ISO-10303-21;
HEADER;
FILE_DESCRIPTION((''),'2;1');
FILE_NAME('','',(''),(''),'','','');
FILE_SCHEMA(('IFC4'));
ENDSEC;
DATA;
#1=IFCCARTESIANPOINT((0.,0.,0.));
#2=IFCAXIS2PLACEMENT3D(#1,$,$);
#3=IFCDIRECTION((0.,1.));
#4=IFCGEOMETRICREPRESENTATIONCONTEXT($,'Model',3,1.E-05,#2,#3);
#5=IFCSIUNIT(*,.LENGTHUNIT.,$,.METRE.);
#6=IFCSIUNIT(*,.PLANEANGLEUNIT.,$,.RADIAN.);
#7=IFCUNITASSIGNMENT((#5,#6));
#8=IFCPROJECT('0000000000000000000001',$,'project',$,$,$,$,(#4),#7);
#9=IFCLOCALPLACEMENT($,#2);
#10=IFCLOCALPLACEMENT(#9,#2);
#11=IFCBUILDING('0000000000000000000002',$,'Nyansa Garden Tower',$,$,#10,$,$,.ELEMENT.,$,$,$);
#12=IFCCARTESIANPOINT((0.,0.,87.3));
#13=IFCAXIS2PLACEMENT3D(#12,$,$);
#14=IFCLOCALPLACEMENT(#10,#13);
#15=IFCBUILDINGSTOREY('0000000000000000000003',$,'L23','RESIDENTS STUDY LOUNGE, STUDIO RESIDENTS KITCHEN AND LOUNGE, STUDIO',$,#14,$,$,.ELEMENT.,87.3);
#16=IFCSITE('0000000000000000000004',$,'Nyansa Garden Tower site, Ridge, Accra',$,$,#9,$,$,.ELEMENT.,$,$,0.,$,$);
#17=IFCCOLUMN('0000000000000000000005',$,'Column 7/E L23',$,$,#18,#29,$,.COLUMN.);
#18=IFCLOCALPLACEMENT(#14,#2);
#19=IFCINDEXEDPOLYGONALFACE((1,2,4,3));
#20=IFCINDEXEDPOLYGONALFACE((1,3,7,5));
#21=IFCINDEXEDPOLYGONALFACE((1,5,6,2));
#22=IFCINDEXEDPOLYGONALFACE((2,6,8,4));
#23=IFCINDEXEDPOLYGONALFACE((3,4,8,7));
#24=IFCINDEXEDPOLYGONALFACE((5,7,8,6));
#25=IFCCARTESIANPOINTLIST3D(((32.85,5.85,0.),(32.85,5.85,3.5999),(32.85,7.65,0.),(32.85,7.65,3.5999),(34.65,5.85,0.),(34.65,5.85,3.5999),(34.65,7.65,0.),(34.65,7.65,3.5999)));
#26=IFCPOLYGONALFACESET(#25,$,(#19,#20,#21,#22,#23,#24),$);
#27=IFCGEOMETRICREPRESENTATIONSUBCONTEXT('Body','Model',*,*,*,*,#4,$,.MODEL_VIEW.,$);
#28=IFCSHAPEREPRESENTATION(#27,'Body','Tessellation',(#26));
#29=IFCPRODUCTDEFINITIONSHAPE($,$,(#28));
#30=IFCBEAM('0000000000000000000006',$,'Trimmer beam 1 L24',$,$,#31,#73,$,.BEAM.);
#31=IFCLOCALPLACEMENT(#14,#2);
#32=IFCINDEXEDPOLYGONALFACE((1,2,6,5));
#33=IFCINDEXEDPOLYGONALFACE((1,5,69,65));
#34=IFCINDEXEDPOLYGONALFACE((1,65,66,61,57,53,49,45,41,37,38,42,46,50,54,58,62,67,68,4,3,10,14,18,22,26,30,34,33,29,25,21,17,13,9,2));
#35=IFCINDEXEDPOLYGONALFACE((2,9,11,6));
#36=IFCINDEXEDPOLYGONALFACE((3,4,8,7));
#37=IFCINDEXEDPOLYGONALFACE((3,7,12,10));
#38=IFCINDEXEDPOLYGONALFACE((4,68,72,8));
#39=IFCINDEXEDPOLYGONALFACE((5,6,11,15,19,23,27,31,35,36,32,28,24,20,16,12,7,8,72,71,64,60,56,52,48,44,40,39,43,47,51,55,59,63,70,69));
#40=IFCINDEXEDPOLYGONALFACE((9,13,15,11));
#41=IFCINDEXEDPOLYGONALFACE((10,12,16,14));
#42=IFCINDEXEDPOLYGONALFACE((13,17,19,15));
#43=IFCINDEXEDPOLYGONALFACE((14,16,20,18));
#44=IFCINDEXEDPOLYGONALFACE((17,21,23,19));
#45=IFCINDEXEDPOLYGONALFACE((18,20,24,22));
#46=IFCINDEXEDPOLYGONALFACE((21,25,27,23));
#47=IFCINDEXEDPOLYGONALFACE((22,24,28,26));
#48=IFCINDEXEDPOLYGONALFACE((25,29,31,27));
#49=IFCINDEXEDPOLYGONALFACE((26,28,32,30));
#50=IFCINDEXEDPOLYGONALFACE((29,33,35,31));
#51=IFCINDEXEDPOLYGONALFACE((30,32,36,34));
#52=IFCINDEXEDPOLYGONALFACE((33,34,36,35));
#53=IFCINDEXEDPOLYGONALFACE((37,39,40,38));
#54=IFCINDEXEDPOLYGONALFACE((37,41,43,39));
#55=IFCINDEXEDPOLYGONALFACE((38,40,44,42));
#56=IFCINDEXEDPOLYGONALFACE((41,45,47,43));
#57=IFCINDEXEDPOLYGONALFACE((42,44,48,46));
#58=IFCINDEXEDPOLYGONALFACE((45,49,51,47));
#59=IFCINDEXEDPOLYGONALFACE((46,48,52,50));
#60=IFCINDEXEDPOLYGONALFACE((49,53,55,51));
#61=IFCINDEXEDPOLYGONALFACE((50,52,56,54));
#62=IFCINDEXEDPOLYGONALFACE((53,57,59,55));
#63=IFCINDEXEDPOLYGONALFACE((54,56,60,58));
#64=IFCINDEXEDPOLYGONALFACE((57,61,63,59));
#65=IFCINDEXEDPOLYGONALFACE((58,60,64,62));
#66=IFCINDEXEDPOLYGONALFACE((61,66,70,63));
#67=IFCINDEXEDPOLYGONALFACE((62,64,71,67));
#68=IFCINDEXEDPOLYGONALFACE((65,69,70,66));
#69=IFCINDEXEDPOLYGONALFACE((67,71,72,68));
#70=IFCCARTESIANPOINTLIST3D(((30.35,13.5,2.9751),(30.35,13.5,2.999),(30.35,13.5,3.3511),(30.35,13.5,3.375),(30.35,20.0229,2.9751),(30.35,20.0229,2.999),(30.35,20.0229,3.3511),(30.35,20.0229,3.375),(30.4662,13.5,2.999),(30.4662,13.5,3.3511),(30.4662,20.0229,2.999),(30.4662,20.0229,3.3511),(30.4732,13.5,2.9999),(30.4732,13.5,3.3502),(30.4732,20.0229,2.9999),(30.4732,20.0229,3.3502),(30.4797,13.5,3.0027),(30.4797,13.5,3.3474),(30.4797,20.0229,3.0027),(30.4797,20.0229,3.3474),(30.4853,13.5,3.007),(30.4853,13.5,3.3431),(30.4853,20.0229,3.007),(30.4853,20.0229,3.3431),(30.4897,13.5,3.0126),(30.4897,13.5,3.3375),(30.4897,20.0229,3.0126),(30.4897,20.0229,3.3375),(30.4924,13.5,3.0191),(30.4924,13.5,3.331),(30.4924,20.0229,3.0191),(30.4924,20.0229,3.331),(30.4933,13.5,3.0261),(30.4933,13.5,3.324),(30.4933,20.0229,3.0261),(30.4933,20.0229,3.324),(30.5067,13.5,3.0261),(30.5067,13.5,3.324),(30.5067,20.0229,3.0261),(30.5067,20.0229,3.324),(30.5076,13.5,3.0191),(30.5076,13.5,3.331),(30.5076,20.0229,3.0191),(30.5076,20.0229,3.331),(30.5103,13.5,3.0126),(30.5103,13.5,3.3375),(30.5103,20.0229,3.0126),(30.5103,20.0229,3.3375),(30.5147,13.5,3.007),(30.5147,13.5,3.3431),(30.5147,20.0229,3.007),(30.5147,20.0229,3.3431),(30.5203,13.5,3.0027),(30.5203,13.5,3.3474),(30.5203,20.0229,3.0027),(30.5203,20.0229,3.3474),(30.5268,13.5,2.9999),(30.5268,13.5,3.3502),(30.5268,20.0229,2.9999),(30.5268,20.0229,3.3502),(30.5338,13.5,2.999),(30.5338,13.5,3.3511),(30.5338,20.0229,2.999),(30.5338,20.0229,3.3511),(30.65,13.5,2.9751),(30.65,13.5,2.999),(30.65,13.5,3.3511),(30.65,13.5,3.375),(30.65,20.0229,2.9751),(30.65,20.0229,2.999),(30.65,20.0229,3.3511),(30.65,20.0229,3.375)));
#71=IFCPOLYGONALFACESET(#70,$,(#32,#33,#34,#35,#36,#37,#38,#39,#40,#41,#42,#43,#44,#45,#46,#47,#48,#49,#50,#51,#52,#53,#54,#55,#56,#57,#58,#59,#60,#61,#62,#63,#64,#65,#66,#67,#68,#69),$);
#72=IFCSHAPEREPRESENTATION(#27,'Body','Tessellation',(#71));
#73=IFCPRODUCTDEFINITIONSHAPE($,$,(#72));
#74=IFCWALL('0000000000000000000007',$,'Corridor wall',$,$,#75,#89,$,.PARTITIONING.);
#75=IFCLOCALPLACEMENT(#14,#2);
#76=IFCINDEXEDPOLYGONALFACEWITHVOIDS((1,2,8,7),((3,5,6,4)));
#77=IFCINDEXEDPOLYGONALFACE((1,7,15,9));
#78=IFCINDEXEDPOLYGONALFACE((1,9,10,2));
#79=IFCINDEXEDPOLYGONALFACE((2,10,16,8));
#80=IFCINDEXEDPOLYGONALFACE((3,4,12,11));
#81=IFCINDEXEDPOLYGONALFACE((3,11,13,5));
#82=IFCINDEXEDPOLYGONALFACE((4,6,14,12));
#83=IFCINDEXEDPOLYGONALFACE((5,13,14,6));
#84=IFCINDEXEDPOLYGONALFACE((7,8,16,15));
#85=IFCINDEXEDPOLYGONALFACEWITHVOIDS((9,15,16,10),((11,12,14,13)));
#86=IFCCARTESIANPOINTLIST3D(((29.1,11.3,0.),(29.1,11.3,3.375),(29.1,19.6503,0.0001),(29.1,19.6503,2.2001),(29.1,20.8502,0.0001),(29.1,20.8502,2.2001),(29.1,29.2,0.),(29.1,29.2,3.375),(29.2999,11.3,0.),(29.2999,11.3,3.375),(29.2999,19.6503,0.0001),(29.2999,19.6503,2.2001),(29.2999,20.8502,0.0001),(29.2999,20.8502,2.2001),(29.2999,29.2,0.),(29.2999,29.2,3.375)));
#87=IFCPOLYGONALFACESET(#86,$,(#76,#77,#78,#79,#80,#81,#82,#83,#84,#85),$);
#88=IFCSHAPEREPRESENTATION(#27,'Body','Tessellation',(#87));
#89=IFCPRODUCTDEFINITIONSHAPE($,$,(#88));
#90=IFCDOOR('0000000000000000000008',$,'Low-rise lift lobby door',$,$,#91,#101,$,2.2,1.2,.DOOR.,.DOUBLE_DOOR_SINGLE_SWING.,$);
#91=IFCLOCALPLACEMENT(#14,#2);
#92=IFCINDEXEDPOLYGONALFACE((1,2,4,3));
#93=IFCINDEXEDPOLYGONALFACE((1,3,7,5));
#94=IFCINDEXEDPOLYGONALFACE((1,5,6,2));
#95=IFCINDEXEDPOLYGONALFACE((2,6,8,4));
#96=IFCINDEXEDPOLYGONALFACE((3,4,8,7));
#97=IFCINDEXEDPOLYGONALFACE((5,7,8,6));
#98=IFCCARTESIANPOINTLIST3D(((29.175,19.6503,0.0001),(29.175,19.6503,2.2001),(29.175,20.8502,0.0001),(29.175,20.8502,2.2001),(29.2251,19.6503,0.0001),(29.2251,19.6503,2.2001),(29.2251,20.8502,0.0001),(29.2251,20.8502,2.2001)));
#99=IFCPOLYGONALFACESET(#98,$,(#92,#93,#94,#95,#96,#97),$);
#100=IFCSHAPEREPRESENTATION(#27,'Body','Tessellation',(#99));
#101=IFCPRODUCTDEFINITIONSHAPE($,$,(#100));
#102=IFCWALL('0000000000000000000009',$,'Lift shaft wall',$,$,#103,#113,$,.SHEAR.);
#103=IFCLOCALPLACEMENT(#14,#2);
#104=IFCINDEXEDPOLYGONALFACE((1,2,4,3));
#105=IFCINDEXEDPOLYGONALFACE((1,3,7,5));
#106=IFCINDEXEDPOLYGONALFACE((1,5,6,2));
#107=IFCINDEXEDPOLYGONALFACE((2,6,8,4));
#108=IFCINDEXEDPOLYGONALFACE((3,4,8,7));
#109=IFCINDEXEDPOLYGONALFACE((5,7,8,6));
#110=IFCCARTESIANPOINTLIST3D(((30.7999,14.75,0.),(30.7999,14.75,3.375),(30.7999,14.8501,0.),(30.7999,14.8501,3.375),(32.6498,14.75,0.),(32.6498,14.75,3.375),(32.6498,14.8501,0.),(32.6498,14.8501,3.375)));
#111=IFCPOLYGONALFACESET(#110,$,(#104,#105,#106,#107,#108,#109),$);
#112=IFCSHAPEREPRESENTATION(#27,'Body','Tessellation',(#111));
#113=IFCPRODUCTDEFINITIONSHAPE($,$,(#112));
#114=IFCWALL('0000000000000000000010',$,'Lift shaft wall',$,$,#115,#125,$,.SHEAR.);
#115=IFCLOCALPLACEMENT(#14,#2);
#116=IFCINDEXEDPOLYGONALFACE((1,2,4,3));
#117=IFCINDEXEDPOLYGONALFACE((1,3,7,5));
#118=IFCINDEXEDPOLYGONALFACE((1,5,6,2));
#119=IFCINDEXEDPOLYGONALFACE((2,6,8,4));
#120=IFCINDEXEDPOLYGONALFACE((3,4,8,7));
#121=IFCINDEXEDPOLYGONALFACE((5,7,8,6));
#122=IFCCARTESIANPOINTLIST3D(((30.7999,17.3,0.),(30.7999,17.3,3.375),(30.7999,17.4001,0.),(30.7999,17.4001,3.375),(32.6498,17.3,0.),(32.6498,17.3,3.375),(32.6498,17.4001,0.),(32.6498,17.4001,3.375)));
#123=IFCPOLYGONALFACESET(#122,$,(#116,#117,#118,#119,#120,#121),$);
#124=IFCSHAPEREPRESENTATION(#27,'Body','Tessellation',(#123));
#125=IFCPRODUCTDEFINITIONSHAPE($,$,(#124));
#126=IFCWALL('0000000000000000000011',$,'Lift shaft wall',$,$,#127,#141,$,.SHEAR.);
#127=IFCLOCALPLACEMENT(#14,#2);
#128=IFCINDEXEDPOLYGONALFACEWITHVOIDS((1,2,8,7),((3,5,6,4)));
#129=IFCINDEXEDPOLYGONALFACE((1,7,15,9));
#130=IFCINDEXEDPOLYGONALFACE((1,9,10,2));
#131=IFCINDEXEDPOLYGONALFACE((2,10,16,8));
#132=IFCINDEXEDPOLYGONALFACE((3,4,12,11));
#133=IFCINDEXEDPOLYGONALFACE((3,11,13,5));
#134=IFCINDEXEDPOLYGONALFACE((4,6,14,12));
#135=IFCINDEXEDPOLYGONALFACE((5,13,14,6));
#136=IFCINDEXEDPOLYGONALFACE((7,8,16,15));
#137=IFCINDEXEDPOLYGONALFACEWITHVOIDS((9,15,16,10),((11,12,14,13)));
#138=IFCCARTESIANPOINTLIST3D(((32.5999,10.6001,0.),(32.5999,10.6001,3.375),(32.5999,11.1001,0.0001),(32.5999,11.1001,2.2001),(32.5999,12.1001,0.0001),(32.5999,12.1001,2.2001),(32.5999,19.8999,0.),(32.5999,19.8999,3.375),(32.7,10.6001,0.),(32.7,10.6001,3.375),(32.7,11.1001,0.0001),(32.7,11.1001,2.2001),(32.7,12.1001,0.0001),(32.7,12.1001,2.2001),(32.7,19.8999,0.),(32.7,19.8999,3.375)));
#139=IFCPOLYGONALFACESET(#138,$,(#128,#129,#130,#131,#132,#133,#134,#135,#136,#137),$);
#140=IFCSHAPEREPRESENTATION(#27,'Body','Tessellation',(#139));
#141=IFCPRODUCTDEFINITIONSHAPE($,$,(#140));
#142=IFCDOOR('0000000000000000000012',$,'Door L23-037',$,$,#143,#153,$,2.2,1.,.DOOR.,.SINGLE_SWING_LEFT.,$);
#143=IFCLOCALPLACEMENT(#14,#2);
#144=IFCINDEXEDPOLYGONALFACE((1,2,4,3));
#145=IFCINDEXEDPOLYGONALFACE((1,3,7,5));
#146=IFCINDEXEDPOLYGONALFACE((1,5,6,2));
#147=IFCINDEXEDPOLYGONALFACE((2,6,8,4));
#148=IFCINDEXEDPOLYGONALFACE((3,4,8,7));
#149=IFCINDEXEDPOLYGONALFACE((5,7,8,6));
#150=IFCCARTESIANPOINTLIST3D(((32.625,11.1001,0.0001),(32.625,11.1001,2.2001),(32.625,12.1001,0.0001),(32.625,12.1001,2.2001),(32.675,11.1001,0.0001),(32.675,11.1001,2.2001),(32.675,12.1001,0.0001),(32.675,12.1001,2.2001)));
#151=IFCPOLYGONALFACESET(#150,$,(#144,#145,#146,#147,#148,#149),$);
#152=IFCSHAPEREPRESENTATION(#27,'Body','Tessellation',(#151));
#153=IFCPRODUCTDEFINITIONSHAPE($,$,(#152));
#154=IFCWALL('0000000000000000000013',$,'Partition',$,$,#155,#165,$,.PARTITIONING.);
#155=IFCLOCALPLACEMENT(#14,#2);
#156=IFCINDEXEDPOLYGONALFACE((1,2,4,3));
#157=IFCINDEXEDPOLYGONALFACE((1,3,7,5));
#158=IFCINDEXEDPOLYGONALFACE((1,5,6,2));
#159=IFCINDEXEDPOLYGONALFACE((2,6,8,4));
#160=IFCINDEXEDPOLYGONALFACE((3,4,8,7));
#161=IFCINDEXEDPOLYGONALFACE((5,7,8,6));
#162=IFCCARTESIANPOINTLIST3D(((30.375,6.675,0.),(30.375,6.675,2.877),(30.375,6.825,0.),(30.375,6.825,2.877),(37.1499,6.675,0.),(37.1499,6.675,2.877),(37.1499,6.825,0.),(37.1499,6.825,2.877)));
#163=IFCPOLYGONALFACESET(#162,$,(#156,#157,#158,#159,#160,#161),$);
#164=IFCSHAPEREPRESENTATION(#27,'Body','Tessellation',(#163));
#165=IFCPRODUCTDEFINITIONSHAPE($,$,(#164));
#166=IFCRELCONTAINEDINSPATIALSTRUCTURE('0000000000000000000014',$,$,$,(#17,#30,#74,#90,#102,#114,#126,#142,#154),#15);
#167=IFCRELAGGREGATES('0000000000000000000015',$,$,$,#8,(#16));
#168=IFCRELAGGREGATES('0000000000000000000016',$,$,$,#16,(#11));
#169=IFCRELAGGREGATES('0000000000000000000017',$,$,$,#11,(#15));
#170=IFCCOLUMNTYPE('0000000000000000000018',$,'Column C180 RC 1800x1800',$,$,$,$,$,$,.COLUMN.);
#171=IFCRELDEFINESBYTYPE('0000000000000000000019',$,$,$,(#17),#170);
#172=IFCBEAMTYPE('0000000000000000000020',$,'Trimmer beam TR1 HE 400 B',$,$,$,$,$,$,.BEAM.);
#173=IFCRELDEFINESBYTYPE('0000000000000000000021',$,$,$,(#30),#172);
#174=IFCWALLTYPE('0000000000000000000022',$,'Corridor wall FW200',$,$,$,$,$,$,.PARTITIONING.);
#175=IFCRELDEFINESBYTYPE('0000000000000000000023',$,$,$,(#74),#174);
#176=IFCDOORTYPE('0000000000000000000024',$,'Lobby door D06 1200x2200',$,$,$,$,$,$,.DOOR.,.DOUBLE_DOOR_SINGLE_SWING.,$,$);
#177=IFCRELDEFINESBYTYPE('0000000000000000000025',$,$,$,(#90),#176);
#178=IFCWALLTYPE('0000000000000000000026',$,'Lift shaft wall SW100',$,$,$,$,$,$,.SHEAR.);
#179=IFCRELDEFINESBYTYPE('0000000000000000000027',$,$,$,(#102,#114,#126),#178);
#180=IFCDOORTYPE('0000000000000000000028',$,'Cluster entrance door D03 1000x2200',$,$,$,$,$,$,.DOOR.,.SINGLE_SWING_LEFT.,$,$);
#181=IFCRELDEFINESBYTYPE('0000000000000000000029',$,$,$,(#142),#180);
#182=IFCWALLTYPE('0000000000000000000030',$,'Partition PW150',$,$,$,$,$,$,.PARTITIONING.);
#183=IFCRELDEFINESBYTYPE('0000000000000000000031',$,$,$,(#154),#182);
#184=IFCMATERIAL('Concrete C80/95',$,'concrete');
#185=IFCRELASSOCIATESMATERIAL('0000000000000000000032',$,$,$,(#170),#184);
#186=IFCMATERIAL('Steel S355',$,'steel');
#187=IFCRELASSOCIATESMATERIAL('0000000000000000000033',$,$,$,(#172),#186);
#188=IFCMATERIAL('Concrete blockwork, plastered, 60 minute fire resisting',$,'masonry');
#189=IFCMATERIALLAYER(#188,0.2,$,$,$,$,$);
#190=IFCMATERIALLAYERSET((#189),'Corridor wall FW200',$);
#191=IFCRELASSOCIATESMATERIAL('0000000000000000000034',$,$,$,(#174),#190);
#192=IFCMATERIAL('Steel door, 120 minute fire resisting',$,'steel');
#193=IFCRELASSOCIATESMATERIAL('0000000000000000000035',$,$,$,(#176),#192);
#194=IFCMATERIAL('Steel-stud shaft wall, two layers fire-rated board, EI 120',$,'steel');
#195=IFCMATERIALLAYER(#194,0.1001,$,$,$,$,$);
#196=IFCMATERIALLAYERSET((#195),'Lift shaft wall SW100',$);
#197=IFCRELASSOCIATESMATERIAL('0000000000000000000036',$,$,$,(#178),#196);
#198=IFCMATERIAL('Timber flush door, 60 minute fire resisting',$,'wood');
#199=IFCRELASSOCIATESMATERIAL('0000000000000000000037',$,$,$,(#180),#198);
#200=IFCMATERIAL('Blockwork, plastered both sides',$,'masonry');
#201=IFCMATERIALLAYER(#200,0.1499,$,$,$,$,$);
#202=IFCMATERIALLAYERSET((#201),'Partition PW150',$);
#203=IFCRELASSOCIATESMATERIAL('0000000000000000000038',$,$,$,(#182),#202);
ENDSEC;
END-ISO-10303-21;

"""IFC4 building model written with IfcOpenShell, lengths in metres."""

from ifc_helpers import new_model, si_unit, direction, frame, frame_2d, origin, origin_2d, place, context, subcontext, project, spatial, rectangle, i_section, extrude, material, layer, layer_set, material_profile, profile_set, type_object, element, fill, save


model = new_model("IFC4")

# Units and contexts
model_context = context("Model", 3, precision=1e-05, world=origin(), true_north=direction((0.0, 1.0)))
body_context = subcontext(model_context, "Body", "Model", "MODEL_VIEW")
ifc_project = project(units=[si_unit("LENGTHUNIT", "METRE"), si_unit("PLANEANGLEUNIT", "RADIAN")], contexts=[model_context])

# Site, building, storey
site_placement = place(None, origin())
site = spatial("IfcSite", under=ifc_project, at=site_placement, Name="Nyansa Garden Tower site, Ridge, Accra", CompositionType="ELEMENT", RefElevation=0.0)
building_placement = place(site_placement, origin())
building = spatial("IfcBuilding", under=site, at=building_placement, Name="Nyansa Garden Tower", CompositionType="ELEMENT")
storey_placement = place(building_placement, frame((0.0, 0.0, 87.3)))
storey = spatial("IfcBuildingStorey", under=building, at=storey_placement, Name="L23", Description="RESIDENTS STUDY LOUNGE, STUDIO RESIDENTS KITCHEN AND LOUNGE, STUDIO", CompositionType="ELEMENT", Elevation=87.3)

# Column
ifc_material_1 = material(Name="Concrete C80/95", Category="concrete")
ifc_material_profile_1 = material_profile(ifc_material_1, rectangle(XDim=1.8, YDim=1.8, at=origin_2d()), Name="RC 1800x1800")
ifc_profile_set_1 = profile_set([ifc_material_profile_1], Name="Concrete C80/95")
column_type = type_object("IfcColumnType", Name="Column C180 RC 1800x1800", PredefinedType="COLUMN", material=ifc_profile_set_1)
column_placement = place(storey_placement, frame((33.75, 6.75, 0.0), z_axis=(0.0, 0.0, 1.0), x_axis=(1.0, 0.0, 0.0)))
element("IfcColumn", 1, at=column_placement, inside=storey, type_object=column_type, Name="Column 7/E L23", PredefinedType="COLUMN", context=body_context, shape_type="SweptSolid", body=[
    extrude(rectangle(XDim=1.8, YDim=1.8, at=origin_2d()), origin(), (0.0, 0.0, 1.0), 3.5999),
])

# Beam
ifc_material_2 = material(Name="Steel S355", Category="steel")
ifc_material_profile_2 = material_profile(ifc_material_2, i_section(OverallWidth=0.3, OverallDepth=0.3999, WebThickness=0.0134, FlangeThickness=0.0239, FilletRadius=0.0271, at=origin_2d()), Name="HE 400 B")
ifc_profile_set_2 = profile_set([ifc_material_profile_2], Name="Steel S355")
beam_type = type_object("IfcBeamType", Name="Trimmer beam TR1 HE 400 B", PredefinedType="BEAM", material=ifc_profile_set_2)
beam_placement = place(storey_placement, frame((30.5, 13.5, 3.175), z_axis=(0.0, 1.0, 0.0), x_axis=(-1.0, 0.0, 0.0)))
element("IfcBeam", 2, at=beam_placement, inside=storey, type_object=beam_type, Name="Trimmer beam 1 L24", PredefinedType="BEAM", context=body_context, shape_type="SweptSolid", body=[
    extrude(i_section(OverallWidth=0.3, OverallDepth=0.3999, WebThickness=0.0134, FlangeThickness=0.0239, FilletRadius=0.0271, at=origin_2d()), origin(), (0.0, 0.0, 1.0), 6.5229),
])

# Wall, opening, door
ifc_material_3 = material(Name="Concrete blockwork, plastered, 60 minute fire resisting", Category="masonry")
ifc_layer_1 = layer(ifc_material_3, 0.2)
ifc_layer_set_1 = layer_set([ifc_layer_1], Name="Corridor wall FW200")
wall_type_1 = type_object("IfcWallType", Name="Corridor wall FW200", PredefinedType="PARTITIONING", material=ifc_layer_set_1)
wall_1_placement = place(storey_placement, frame((29.2, 11.3, 0.0), z_axis=(0.0, 0.0, 1.0), x_axis=(0.0, 1.0, 0.0)))
wall_1 = element("IfcWall", 3, at=wall_1_placement, inside=storey, type_object=wall_type_1, Name="Corridor wall", PredefinedType="PARTITIONING", context=body_context, shape_type="SweptSolid", body=[
    extrude(rectangle(XDim=17.8999, YDim=0.2, at=frame_2d((8.95, 0.0))), origin(), (0.0, 0.0, 1.0), 3.375),
])
opening_1_placement = place(wall_1_placement, frame((8.3501, 0.0, 0.0)))
opening_1 = element("IfcOpeningElement", 4, at=opening_1_placement, cuts=wall_1, PredefinedType="OPENING", context=body_context, shape_type="SweptSolid", body=[
    extrude(rectangle(XDim=1.2, YDim=2.2, at=frame_2d((0.6001, 1.1001))), frame((0.0, 0.1099, 0.0), z_axis=(0.0, -1.0, 0.0), x_axis=(1.0, 0.0, 0.0)), (0.0, 0.0, 1.0), 0.22),
])
ifc_material_4 = material(Name="Steel door, 120 minute fire resisting", Category="steel")
door_type_1 = type_object("IfcDoorType", Name="Lobby door D06 1200x2200", OperationType="DOUBLE_DOOR_SINGLE_SWING", PredefinedType="DOOR", material=ifc_material_4)
door_1_placement = place(opening_1_placement, origin())
door_1 = element("IfcDoor", 5, at=door_1_placement, inside=storey, type_object=door_type_1, Name="Low-rise lift lobby door", OperationType="DOUBLE_DOOR_SINGLE_SWING", OverallHeight=2.2, OverallWidth=1.2, PredefinedType="DOOR", context=body_context, shape_type="SweptSolid", body=[
    extrude(rectangle(XDim=1.2, YDim=2.2, at=frame_2d((0.6001, 1.1001))), frame((0.0, 0.0249, 0.0), z_axis=(0.0, -1.0, 0.0), x_axis=(1.0, 0.0, 0.0)), (0.0, 0.0, 1.0), 0.05),
])
fill(opening_1, door_1)

# Walls
ifc_material_5 = material(Name="Steel-stud shaft wall, two layers fire-rated board, EI 120", Category="steel")
ifc_layer_2 = layer(ifc_material_5, 0.1001)
ifc_layer_set_2 = layer_set([ifc_layer_2], Name="Lift shaft wall SW100")
wall_type_2 = type_object("IfcWallType", Name="Lift shaft wall SW100", PredefinedType="SHEAR", material=ifc_layer_set_2)
for number, where, z_axis, x_axis, name in (
    (6, (30.8, 14.8, 0.0), (0.0, 0.0, 1.0), (1.0, 0.0, 0.0), "Lift shaft wall"),
    (7, (30.8, 17.3501, 0.0), (0.0, 0.0, 1.0), (1.0, 0.0, 0.0), "Lift shaft wall"),
):
    element("IfcWall", number, at=place(storey_placement, frame(where, z_axis=z_axis, x_axis=x_axis)), inside=storey, type_object=wall_type_2, Name=name, PredefinedType="SHEAR", context=body_context, shape_type="SweptSolid", body=[
        extrude(rectangle(XDim=1.8499, YDim=0.1001, at=frame_2d((0.9248, 0.0))), origin(), (0.0, 0.0, 1.0), 3.375),
    ])

# Wall, opening, door
wall_2_placement = place(storey_placement, frame((32.6499, 10.6001, 0.0), z_axis=(0.0, 0.0, 1.0), x_axis=(0.0, 1.0, 0.0)))
wall_2 = element("IfcWall", 8, at=wall_2_placement, inside=storey, type_object=wall_type_2, Name="Lift shaft wall", PredefinedType="SHEAR", context=body_context, shape_type="SweptSolid", body=[
    extrude(rectangle(XDim=9.2998, YDim=0.1001, at=frame_2d((4.6499, 0.0))), origin(), (0.0, 0.0, 1.0), 3.375),
])
opening_2_placement = place(wall_2_placement, frame((0.5, 0.0, 0.0)))
opening_2 = element("IfcOpeningElement", 9, at=opening_2_placement, cuts=wall_2, PredefinedType="OPENING", context=body_context, shape_type="SweptSolid", body=[
    extrude(rectangle(XDim=1.0, YDim=2.2, at=frame_2d((0.5, 1.1001))), frame((0.0, 0.0601, 0.0), z_axis=(0.0, -1.0, 0.0), x_axis=(1.0, 0.0, 0.0)), (0.0, 0.0, 1.0), 0.1201),
])
ifc_material_6 = material(Name="Timber flush door, 60 minute fire resisting", Category="wood")
door_type_2 = type_object("IfcDoorType", Name="Cluster entrance door D03 1000x2200", OperationType="SINGLE_SWING_LEFT", PredefinedType="DOOR", material=ifc_material_6)
door_2_placement = place(opening_2_placement, origin())
door_2 = element("IfcDoor", 10, at=door_2_placement, inside=storey, type_object=door_type_2, Name="Door L23-037", OperationType="SINGLE_SWING_LEFT", OverallHeight=2.2, OverallWidth=1.0, PredefinedType="DOOR", context=body_context, shape_type="SweptSolid", body=[
    extrude(rectangle(XDim=1.0, YDim=2.2, at=frame_2d((0.5, 1.1001))), frame((0.0, 0.0249, 0.0), z_axis=(0.0, -1.0, 0.0), x_axis=(1.0, 0.0, 0.0)), (0.0, 0.0, 1.0), 0.05),
])
fill(opening_2, door_2)

# Wall
ifc_material_7 = material(Name="Blockwork, plastered both sides", Category="masonry")
ifc_layer_3 = layer(ifc_material_7, 0.1499)
ifc_layer_set_3 = layer_set([ifc_layer_3], Name="Partition PW150")
wall_type_3 = type_object("IfcWallType", Name="Partition PW150", PredefinedType="PARTITIONING", material=ifc_layer_set_3)
wall_3_placement = place(storey_placement, frame((30.375, 6.75, 0.0), z_axis=(0.0, 0.0, 1.0), x_axis=(1.0, 0.0, 0.0)))
element("IfcWall", 11, at=wall_3_placement, inside=storey, type_object=wall_type_3, Name="Partition", PredefinedType="PARTITIONING", context=body_context, shape_type="SweptSolid", body=[
    extrude(rectangle(XDim=6.7749, YDim=0.1499, at=frame_2d((3.3875, 0.0))), origin(), (0.0, 0.0, 1.0), 2.877),
])

save(model, "model.ifc")
